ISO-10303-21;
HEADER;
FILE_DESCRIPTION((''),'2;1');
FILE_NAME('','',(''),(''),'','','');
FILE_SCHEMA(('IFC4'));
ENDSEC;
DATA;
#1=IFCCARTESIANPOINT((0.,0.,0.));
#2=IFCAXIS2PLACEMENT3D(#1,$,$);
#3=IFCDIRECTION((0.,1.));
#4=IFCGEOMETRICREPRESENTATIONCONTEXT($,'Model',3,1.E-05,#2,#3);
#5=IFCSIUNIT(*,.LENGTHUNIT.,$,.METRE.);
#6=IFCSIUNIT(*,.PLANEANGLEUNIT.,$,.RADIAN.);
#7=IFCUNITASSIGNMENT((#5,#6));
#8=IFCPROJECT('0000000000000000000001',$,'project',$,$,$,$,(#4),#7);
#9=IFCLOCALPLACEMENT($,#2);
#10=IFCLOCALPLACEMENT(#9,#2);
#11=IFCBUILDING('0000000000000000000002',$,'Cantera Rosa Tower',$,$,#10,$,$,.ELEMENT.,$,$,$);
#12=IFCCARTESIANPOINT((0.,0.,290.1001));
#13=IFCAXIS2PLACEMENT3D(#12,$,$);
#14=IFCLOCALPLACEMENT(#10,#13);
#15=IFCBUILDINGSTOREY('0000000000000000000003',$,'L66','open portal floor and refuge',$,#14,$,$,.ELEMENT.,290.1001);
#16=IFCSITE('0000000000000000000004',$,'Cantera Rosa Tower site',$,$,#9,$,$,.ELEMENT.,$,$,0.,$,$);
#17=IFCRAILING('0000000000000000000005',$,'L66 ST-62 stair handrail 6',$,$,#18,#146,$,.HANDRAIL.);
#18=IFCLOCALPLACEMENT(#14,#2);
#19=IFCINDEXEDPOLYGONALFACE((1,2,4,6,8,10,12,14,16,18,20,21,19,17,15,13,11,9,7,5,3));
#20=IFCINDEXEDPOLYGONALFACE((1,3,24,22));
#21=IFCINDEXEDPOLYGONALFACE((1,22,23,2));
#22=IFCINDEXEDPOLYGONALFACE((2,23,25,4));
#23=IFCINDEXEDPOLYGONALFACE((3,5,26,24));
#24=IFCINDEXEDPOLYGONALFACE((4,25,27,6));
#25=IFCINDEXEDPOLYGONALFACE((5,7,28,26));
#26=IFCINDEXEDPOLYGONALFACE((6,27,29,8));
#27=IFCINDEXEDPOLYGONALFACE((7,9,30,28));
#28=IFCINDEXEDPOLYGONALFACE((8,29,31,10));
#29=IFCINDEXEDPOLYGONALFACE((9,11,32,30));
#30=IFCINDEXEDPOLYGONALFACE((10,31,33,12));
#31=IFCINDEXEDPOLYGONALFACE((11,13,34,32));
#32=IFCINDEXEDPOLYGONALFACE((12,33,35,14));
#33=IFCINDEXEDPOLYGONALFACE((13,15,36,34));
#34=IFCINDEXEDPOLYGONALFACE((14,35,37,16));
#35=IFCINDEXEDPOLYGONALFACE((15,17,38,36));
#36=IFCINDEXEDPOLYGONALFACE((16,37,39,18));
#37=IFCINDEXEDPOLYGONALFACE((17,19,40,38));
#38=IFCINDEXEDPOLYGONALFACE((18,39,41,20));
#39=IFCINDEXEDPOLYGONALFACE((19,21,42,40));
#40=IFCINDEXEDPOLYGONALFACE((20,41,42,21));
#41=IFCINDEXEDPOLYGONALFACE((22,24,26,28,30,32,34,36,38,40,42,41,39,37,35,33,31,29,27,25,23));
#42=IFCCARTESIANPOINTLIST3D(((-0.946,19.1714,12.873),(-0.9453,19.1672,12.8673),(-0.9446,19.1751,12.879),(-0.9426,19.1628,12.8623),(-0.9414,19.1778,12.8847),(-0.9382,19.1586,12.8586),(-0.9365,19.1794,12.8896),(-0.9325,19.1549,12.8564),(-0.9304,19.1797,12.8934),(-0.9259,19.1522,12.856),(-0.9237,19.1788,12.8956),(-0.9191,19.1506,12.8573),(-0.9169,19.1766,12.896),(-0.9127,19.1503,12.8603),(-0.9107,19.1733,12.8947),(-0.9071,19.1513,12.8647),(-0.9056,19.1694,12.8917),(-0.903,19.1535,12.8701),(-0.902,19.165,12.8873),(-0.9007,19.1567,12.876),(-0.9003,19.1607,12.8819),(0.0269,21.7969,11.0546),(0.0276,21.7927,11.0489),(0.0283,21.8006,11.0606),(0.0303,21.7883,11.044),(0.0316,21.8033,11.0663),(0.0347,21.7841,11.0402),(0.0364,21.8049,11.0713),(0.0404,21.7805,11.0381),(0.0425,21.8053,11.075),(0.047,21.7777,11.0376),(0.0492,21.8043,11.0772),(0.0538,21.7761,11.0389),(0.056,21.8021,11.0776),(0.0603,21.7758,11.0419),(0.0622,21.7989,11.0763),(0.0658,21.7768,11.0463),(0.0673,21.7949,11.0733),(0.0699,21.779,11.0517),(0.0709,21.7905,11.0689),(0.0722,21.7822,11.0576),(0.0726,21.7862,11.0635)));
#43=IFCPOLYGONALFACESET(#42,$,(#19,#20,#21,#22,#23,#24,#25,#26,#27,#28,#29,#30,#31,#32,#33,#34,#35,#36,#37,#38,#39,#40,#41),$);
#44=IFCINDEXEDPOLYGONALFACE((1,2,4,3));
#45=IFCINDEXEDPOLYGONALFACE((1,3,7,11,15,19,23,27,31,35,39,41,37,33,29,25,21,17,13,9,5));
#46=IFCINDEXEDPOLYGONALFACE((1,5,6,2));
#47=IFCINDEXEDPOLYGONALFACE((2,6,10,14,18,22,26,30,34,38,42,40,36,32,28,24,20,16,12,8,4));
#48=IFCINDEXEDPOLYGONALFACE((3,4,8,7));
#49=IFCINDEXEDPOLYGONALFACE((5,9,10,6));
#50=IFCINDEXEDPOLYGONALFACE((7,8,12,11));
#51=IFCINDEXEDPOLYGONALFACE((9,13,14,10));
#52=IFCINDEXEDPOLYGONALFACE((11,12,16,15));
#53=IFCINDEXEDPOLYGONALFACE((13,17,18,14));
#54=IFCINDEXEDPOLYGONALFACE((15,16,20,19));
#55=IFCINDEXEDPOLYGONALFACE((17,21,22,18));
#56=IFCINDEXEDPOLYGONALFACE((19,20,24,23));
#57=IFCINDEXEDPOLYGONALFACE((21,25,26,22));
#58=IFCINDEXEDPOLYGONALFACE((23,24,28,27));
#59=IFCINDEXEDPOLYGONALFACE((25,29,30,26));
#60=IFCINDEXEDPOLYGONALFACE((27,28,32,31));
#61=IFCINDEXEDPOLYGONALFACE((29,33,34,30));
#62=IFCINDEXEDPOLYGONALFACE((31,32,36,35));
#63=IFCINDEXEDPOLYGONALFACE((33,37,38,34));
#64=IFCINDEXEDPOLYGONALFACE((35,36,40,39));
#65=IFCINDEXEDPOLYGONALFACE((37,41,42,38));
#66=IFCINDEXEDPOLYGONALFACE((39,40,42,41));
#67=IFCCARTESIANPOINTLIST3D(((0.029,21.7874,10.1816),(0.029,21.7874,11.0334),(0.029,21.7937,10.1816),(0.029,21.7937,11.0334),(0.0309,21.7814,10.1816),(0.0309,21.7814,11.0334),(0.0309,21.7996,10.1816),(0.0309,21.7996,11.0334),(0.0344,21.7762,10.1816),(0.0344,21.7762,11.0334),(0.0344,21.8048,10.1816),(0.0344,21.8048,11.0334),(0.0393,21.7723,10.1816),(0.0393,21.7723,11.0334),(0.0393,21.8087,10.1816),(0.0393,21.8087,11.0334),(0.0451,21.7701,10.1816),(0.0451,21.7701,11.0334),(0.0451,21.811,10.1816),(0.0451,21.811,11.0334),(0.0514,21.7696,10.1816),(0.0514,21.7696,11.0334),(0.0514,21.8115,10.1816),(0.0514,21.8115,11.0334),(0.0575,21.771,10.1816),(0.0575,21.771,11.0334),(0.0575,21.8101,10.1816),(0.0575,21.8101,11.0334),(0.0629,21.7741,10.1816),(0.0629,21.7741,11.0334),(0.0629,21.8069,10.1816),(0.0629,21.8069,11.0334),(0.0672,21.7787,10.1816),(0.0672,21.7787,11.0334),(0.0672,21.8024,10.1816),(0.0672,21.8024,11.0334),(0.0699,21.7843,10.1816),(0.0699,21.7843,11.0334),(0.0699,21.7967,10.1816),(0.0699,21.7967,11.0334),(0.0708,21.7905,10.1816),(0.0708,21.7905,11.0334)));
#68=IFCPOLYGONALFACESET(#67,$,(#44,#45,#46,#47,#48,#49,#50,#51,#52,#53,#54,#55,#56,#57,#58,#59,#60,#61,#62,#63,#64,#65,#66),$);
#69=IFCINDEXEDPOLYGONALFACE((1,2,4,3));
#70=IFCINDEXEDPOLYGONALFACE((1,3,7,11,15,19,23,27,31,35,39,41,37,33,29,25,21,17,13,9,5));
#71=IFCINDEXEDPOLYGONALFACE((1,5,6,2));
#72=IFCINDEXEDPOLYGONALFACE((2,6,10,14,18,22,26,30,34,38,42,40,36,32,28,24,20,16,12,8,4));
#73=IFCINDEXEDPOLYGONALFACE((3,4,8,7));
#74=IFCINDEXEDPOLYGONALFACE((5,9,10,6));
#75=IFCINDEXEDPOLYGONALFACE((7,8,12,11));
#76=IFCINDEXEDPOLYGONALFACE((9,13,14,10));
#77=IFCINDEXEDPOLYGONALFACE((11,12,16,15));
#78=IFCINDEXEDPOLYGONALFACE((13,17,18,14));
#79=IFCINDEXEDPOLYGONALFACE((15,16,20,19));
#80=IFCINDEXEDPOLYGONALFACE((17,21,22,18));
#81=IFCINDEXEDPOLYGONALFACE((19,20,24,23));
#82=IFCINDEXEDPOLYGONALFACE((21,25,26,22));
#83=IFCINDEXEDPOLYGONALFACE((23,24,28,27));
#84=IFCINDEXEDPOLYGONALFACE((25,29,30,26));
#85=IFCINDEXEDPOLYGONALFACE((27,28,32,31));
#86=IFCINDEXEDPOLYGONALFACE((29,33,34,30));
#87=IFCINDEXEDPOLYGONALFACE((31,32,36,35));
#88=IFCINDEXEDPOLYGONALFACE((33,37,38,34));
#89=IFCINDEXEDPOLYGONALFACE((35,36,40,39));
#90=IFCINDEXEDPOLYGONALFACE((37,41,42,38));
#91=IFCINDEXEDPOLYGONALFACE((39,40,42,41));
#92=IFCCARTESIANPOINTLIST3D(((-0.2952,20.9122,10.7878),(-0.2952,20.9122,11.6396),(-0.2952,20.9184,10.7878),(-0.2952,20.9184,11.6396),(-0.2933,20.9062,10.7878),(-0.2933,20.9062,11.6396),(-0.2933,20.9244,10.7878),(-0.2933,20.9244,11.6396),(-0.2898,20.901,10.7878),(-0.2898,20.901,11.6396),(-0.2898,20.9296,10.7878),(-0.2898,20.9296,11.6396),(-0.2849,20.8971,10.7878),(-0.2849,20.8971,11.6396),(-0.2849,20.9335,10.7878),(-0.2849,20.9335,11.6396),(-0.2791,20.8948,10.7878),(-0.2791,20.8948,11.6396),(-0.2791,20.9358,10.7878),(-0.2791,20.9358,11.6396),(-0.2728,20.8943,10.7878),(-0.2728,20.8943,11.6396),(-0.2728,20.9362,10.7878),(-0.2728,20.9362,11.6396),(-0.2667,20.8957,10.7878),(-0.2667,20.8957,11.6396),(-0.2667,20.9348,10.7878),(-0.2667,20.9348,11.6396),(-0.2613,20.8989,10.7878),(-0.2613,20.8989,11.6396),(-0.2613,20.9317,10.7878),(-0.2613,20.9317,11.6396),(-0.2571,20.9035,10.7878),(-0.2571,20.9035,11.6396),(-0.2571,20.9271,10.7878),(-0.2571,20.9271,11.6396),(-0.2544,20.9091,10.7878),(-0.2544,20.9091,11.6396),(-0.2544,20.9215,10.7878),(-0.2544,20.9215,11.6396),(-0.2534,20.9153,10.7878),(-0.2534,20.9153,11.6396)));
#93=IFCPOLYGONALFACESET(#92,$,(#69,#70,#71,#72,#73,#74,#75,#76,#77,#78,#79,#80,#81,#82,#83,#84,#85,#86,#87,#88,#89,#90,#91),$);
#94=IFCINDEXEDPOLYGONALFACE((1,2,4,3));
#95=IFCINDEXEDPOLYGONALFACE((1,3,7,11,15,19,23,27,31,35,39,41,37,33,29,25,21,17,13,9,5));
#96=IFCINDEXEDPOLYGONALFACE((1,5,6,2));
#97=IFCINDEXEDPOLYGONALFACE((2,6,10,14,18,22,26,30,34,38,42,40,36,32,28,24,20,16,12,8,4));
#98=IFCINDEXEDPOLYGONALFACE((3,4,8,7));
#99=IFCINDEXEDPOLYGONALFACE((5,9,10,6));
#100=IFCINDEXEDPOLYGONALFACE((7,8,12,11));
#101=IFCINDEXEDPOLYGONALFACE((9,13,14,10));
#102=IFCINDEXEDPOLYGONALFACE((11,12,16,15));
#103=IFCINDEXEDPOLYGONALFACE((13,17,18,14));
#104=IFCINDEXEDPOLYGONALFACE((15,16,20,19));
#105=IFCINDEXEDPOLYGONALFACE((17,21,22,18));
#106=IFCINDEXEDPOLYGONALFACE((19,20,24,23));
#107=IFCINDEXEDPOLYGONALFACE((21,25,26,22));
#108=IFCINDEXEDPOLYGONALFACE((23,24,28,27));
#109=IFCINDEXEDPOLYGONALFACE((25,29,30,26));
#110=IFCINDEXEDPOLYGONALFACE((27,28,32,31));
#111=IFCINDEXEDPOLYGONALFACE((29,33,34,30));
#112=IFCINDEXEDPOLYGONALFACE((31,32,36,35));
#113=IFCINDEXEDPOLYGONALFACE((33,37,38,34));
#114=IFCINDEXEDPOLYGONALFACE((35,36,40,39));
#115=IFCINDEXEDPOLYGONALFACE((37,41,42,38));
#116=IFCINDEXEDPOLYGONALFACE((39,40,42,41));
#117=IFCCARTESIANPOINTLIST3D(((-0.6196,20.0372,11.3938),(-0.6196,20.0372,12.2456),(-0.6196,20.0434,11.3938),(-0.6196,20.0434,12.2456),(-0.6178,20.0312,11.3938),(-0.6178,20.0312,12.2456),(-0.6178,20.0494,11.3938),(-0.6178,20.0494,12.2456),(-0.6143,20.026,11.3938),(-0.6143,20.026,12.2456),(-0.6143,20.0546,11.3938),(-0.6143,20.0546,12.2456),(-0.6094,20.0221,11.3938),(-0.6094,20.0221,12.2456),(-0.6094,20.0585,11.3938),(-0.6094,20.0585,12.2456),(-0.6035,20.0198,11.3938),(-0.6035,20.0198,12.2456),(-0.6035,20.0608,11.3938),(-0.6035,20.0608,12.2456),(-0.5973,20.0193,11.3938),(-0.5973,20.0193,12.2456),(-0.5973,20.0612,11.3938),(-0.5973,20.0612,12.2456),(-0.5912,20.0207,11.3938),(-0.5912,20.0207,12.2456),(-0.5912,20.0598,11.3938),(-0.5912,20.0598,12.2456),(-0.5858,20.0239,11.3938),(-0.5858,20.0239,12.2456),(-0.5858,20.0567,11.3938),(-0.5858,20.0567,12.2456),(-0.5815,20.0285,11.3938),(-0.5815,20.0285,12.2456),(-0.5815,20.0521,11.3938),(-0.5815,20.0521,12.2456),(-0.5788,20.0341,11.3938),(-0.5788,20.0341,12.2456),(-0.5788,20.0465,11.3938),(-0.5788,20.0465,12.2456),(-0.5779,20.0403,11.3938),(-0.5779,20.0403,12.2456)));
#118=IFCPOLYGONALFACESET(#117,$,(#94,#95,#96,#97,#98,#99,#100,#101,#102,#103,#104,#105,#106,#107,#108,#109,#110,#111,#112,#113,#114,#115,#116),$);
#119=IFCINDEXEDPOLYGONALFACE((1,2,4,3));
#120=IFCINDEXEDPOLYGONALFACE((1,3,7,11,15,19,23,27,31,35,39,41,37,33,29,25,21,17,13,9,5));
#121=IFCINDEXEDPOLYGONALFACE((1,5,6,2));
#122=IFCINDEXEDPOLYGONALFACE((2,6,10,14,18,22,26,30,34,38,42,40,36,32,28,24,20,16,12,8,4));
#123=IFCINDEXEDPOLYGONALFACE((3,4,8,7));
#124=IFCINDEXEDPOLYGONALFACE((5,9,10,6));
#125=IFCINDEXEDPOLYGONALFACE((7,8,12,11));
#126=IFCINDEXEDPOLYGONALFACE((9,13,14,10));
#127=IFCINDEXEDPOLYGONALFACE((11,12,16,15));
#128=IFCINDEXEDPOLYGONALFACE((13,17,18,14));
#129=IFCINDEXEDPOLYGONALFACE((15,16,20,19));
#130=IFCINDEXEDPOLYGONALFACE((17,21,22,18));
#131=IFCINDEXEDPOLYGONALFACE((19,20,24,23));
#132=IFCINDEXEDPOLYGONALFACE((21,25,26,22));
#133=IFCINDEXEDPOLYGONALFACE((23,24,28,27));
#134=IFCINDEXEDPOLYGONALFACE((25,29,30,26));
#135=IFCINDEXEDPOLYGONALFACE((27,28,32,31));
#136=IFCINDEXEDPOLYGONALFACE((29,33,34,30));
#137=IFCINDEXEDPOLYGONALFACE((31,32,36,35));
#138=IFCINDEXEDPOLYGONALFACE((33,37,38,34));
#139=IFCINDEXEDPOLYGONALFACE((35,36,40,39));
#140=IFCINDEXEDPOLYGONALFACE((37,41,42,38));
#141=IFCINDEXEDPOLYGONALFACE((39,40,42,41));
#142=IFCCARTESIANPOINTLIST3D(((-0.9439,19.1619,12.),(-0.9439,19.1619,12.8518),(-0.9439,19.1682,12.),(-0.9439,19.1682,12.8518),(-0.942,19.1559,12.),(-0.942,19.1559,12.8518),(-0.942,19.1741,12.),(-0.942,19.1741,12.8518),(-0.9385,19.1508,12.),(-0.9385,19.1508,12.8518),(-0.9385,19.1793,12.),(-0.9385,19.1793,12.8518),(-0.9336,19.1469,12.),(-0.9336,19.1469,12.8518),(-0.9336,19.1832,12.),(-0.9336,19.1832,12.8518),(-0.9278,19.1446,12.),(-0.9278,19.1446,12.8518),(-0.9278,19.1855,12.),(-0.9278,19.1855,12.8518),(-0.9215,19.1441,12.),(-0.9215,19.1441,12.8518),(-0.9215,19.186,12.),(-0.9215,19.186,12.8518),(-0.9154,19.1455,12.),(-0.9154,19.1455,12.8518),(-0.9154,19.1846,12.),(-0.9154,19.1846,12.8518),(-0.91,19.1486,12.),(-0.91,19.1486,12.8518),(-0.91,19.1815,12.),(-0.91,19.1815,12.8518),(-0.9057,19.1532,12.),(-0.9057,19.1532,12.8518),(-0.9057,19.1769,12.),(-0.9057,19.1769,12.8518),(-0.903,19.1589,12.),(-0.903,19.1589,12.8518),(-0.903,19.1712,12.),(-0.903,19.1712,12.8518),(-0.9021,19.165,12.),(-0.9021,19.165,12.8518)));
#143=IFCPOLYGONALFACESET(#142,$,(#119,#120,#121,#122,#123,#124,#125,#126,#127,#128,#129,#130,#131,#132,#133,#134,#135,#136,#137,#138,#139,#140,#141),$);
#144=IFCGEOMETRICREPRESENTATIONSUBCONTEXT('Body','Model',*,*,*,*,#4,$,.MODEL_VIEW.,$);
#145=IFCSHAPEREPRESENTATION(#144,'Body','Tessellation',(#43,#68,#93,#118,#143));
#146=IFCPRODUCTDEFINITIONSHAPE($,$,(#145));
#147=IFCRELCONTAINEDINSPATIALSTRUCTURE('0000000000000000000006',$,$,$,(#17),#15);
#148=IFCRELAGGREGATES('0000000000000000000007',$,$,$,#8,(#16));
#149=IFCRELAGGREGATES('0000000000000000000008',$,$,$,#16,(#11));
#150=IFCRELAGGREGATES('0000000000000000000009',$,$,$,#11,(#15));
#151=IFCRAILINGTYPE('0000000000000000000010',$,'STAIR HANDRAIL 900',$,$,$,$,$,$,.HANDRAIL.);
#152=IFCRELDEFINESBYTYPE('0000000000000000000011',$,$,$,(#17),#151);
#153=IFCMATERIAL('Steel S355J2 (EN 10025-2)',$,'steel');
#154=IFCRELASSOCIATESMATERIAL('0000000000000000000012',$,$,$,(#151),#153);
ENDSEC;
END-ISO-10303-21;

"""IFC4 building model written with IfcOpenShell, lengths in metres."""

from ifc_helpers import new_model, si_unit, direction, frame, origin, origin_2d, place, context, subcontext, project, spatial, circle, extrude, material, type_object, element, save


model = new_model("IFC4")

# Units and contexts
model_context = context("Model", 3, precision=1e-05, world=origin(), true_north=direction((0.0, 1.0)))
body_context = subcontext(model_context, "Body", "Model", "MODEL_VIEW")
ifc_project = project(units=[si_unit("LENGTHUNIT", "METRE"), si_unit("PLANEANGLEUNIT", "RADIAN")], contexts=[model_context])

# Site, building, storey
site_placement = place(None, origin())
site = spatial("IfcSite", under=ifc_project, at=site_placement, Name="Cantera Rosa Tower site", CompositionType="ELEMENT", RefElevation=0.0)
building_placement = place(site_placement, origin())
building = spatial("IfcBuilding", under=site, at=building_placement, Name="Cantera Rosa Tower", CompositionType="ELEMENT")
storey_placement = place(building_placement, frame((0.0, 0.0, 290.1001)))
storey = spatial("IfcBuildingStorey", under=building, at=storey_placement, Name="L66", Description="open portal floor and refuge", CompositionType="ELEMENT", Elevation=290.1001)

# Railing
ifc_material_1 = material(Name="Steel S355J2 (EN 10025-2)", Category="steel")
railing_type_1 = type_object("IfcRailingType", Name="STAIR HANDRAIL 900", PredefinedType="HANDRAIL", material=ifc_material_1)
for number, where, name in (
    (1, (0.0498, 21.7905, 10.1816), "L66 ST-62 stair handrail 6"),
):
    element("IfcRailing", number, at=place(storey_placement, frame(where)), inside=storey, type_object=railing_type_1, Name=name, PredefinedType="HANDRAIL", context=body_context, shape_type="SweptSolid", body=[
        extrude(circle(Radius=0.0239, at=origin_2d()), frame((0.0, 0.0, 0.876), z_axis=(-0.291411, -0.786407, 0.54465), x_axis=(0.937691, -0.347471, 0.0)), (0.0, 0.0, 1.0), 3.3386),
        extrude(circle(Radius=0.021, at=origin_2d()), origin(), (0.0, 0.0, 1.0), 0.8518),
        extrude(circle(Radius=0.021, at=origin_2d()), frame((-0.3242, -0.8752, 0.6062)), (0.0, 0.0, 1.0), 0.8518),
        extrude(circle(Radius=0.021, at=origin_2d()), frame((-0.6487, -1.7502, 1.2122)), (0.0, 0.0, 1.0), 0.8518),
        extrude(circle(Radius=0.021, at=origin_2d()), frame((-0.9729, -2.6255, 1.8184)), (0.0, 0.0, 1.0), 0.8518),
    ])

save(model, "model.ifc")
